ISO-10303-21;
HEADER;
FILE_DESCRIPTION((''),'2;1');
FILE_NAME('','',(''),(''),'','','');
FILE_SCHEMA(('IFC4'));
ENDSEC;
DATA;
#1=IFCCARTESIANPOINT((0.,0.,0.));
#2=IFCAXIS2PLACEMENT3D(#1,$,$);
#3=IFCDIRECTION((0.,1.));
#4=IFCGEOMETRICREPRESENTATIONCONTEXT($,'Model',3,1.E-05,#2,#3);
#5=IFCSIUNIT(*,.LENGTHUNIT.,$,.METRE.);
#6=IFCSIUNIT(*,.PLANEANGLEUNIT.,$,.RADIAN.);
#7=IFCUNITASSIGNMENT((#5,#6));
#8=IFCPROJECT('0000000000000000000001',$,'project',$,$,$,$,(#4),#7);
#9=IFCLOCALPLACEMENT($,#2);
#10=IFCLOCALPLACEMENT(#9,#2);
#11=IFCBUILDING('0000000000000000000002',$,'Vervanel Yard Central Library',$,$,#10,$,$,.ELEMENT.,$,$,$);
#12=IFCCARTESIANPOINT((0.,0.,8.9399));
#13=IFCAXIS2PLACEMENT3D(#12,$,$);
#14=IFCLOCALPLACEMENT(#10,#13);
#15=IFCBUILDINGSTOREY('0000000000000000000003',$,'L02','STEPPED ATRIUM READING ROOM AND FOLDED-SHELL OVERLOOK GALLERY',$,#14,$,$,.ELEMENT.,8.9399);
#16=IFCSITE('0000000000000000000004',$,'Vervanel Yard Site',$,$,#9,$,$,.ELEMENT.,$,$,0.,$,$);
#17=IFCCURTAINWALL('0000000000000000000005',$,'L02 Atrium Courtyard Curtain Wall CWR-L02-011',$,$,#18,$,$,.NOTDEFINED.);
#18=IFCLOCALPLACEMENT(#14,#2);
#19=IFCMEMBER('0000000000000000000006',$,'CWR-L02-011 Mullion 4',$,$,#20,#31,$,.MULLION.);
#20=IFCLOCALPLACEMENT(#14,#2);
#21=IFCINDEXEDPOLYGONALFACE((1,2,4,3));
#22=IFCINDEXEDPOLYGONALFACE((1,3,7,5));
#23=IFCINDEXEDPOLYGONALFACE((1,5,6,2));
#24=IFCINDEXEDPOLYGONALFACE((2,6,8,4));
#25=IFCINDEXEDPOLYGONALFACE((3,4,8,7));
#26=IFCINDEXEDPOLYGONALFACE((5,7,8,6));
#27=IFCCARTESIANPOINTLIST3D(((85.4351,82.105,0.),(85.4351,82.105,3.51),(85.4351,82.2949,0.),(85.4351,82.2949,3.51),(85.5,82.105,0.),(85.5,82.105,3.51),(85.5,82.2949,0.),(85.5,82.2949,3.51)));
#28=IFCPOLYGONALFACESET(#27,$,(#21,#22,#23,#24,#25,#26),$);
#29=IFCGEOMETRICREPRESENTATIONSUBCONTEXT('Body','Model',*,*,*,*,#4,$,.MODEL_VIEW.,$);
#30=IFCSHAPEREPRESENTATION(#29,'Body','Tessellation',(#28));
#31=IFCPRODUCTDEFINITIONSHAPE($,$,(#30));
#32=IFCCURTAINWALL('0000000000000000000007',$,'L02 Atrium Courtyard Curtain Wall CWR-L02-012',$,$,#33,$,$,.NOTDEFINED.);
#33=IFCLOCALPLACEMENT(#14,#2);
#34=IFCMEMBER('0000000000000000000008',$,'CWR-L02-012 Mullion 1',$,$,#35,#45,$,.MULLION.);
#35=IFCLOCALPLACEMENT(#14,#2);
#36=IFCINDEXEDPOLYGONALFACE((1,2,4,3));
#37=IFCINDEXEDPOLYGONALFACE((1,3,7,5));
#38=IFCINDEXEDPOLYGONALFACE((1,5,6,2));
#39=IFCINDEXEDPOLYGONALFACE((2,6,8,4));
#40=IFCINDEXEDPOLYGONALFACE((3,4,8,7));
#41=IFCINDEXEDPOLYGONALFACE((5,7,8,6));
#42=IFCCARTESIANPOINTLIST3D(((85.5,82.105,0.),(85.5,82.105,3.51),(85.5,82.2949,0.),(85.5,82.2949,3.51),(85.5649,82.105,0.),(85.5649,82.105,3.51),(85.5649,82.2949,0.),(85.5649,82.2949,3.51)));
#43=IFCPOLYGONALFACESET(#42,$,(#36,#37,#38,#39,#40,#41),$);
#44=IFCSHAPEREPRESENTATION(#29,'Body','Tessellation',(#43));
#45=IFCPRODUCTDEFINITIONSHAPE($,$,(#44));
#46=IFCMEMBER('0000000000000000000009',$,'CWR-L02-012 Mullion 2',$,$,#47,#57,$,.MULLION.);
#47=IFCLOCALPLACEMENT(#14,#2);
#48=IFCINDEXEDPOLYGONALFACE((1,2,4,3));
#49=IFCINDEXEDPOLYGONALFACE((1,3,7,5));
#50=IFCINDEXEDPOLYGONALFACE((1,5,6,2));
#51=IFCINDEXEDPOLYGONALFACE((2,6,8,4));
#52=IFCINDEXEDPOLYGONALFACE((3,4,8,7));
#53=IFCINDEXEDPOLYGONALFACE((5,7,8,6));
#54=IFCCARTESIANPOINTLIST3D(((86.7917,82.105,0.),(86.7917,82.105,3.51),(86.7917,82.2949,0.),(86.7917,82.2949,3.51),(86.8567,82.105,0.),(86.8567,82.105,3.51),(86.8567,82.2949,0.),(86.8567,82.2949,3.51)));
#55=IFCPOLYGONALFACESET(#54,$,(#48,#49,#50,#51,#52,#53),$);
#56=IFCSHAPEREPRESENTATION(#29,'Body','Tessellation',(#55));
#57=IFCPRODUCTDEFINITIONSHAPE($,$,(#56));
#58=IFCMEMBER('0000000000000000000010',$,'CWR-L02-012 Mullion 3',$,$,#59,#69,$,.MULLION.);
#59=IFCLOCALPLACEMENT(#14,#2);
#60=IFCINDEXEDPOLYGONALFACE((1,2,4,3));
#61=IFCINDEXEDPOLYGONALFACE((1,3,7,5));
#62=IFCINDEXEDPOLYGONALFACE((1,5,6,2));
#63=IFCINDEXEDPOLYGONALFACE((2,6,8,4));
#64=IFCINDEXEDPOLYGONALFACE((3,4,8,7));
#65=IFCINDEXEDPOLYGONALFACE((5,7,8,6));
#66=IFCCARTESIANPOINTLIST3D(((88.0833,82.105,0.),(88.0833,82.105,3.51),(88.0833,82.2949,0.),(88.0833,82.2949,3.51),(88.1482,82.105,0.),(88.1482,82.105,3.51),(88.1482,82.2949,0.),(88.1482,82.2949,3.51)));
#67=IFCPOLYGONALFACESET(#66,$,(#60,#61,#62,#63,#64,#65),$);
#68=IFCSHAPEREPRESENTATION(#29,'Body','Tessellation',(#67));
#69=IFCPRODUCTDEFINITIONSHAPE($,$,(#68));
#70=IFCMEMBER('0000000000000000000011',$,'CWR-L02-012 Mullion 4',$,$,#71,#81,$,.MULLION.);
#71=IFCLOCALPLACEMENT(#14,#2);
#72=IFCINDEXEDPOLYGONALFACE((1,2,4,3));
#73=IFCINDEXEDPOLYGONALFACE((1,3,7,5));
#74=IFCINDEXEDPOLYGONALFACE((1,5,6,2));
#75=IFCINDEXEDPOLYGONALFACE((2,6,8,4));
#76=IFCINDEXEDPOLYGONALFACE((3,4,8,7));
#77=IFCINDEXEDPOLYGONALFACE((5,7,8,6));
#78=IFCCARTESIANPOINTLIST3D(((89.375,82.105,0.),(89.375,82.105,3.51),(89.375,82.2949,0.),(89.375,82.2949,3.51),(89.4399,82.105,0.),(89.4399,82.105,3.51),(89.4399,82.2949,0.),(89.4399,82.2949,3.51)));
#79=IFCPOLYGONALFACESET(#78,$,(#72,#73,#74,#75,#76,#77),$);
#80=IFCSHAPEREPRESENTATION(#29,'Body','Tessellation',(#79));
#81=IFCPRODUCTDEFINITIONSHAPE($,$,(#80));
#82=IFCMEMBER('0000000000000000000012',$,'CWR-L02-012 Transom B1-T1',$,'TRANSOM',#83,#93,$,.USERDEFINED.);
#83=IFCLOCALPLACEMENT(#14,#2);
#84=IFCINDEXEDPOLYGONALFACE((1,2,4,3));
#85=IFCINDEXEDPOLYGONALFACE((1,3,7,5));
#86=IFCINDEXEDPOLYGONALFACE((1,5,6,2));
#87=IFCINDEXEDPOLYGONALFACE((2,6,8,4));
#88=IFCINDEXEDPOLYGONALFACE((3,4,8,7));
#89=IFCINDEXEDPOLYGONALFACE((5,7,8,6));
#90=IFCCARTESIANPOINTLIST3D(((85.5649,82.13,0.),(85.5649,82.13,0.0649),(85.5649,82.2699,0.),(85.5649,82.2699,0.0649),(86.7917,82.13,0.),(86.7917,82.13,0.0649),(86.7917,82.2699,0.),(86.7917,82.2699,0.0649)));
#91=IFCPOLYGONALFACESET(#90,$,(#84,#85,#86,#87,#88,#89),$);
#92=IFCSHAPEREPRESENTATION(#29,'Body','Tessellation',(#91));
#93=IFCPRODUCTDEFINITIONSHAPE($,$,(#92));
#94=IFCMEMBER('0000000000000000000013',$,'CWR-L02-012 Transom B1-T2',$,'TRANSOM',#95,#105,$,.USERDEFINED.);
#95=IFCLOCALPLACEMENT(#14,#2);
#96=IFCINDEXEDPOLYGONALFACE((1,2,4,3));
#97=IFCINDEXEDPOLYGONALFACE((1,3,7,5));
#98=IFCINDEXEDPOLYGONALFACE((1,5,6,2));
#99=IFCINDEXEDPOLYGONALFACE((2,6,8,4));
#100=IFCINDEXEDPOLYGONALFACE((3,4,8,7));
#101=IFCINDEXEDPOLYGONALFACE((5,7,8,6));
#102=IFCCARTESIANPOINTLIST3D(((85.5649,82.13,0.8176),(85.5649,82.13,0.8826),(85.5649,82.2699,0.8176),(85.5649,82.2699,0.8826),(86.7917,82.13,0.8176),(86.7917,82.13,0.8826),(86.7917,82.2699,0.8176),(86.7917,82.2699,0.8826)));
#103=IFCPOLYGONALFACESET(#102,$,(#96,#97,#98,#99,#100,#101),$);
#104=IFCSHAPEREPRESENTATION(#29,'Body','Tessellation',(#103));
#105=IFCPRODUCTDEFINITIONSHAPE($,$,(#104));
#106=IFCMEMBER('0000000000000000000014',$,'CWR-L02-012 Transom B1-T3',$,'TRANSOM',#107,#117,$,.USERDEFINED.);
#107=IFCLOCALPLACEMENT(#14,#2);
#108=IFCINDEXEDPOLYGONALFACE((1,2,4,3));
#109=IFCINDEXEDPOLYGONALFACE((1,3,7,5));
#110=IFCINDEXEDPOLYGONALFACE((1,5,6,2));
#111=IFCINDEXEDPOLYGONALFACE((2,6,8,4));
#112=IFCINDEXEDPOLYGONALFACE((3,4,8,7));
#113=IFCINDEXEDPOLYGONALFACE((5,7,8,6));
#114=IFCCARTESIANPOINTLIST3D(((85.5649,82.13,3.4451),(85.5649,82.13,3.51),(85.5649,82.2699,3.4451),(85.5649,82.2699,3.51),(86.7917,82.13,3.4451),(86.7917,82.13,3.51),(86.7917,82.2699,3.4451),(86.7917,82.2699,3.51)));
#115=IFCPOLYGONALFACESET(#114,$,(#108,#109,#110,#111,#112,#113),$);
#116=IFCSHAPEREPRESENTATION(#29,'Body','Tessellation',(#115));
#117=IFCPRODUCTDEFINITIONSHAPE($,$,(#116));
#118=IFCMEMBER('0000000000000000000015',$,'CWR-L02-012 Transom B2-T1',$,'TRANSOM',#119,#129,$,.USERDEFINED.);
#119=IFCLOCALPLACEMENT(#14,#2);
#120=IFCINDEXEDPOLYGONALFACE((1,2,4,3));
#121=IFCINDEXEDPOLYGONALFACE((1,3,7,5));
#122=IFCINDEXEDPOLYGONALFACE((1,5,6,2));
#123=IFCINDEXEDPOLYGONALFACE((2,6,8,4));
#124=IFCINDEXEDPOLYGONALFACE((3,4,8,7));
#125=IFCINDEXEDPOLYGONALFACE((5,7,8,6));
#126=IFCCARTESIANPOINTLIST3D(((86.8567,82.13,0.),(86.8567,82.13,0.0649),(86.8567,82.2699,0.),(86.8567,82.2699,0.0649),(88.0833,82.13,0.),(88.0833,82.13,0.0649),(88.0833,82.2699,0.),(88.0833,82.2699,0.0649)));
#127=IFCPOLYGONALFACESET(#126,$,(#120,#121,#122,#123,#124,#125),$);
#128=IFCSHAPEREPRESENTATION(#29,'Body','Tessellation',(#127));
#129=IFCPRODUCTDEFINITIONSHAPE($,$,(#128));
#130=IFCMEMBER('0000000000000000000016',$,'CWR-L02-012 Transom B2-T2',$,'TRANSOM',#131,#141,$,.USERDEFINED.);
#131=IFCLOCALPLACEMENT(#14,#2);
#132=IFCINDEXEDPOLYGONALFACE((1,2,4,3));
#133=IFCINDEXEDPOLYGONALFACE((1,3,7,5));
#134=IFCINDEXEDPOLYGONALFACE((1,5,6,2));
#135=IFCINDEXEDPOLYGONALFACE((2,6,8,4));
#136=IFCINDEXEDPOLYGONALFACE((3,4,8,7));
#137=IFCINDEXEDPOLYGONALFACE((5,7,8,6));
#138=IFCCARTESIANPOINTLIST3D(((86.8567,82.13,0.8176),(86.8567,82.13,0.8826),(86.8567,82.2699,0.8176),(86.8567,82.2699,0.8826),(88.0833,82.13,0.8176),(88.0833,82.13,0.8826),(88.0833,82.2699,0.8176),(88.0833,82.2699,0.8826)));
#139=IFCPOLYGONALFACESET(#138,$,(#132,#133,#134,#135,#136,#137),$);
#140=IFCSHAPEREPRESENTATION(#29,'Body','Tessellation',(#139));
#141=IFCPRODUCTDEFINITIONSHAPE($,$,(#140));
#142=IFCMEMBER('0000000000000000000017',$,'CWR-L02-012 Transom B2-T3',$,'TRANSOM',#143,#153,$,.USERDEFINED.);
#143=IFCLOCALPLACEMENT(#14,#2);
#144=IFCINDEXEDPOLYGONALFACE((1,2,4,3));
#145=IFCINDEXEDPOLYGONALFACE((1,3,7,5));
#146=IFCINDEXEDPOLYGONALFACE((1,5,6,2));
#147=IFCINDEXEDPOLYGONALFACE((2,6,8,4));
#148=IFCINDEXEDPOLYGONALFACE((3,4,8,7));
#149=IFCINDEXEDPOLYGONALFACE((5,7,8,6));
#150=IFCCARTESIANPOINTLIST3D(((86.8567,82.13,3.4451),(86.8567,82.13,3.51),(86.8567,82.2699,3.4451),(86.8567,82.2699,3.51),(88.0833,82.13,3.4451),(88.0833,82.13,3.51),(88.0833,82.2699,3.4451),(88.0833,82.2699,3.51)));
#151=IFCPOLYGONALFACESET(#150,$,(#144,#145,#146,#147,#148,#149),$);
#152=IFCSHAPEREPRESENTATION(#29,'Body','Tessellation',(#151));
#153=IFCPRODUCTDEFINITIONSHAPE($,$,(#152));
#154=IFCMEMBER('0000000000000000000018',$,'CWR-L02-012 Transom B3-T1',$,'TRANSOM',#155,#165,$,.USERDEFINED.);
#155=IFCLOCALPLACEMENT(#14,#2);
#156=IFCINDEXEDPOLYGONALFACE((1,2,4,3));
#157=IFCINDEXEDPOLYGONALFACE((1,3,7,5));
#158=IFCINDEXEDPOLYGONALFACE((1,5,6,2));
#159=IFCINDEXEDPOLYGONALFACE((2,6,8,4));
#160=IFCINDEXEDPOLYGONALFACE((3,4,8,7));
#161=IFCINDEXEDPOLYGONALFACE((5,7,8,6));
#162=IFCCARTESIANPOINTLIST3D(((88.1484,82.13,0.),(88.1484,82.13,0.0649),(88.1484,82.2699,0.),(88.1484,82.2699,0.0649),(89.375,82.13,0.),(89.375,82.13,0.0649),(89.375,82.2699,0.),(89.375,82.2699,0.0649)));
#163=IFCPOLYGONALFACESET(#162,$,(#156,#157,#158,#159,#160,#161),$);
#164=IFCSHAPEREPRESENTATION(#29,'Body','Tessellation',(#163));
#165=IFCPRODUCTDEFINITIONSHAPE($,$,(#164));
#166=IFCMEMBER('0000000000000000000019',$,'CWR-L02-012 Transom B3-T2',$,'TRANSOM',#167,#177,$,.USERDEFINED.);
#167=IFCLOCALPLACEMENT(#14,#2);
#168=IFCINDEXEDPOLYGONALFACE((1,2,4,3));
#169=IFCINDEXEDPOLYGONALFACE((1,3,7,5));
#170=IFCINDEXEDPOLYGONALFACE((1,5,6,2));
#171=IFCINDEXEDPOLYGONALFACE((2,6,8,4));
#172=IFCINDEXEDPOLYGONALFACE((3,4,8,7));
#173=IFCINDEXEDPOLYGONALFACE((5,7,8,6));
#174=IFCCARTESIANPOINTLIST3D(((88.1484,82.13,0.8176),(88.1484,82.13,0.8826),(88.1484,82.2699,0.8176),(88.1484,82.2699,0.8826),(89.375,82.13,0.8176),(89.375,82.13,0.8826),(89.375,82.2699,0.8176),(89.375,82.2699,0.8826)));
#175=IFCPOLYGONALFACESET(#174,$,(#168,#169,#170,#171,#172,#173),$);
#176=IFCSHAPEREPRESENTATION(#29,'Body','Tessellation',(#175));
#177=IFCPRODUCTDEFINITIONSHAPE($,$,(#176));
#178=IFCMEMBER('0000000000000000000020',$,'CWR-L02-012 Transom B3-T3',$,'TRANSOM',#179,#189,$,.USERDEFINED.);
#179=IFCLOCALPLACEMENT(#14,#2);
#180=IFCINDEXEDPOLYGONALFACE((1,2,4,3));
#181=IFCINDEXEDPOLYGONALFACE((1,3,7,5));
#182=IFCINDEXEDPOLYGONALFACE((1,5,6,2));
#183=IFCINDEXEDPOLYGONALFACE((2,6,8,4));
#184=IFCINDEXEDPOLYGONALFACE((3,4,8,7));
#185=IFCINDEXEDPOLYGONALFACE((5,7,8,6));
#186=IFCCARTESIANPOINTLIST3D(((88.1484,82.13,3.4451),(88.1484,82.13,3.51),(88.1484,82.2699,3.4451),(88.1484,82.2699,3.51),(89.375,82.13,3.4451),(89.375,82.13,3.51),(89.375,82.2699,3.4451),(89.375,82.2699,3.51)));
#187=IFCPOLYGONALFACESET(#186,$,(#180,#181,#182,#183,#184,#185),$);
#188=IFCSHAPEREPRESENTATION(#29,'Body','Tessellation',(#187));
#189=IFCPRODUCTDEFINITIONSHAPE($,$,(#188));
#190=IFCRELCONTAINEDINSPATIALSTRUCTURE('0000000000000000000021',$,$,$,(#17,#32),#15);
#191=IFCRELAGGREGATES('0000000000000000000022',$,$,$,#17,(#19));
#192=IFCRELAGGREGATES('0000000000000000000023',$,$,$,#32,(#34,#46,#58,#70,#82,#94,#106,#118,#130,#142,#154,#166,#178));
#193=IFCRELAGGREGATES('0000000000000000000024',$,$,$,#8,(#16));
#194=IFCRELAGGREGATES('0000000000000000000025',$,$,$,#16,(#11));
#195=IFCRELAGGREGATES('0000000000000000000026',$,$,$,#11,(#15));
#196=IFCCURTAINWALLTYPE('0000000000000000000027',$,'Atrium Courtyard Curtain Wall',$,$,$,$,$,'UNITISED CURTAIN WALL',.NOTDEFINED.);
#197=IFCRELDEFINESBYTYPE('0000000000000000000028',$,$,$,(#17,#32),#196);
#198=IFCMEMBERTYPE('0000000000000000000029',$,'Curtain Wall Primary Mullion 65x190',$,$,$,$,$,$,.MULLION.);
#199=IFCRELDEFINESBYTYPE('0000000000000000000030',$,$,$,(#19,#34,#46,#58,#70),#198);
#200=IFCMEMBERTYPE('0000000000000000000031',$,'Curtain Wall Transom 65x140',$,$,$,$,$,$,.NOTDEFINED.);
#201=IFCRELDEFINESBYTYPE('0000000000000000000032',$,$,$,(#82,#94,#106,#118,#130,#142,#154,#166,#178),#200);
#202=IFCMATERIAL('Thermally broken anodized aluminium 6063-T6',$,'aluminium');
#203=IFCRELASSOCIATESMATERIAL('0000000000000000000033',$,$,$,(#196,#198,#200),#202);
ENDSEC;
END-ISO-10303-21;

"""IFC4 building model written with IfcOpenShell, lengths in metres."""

from ifc_helpers import new_model, si_unit, direction, frame, origin, origin_2d, place, context, subcontext, project, spatial, rectangle, extrude, material, material_profile, profile_set, type_object, element, aggregate, save


model = new_model("IFC4")

# Units and contexts
model_context = context("Model", 3, precision=1e-05, world=origin(), true_north=direction((0.0, 1.0)))
body_context = subcontext(model_context, "Body", "Model", "MODEL_VIEW")
ifc_project = project(units=[si_unit("LENGTHUNIT", "METRE"), si_unit("PLANEANGLEUNIT", "RADIAN")], contexts=[model_context])

# Site, building, storey
site_placement = place(None, origin())
site = spatial("IfcSite", under=ifc_project, at=site_placement, Name="Vervanel Yard Site", CompositionType="ELEMENT", RefElevation=0.0)
building_placement = place(site_placement, origin())
building = spatial("IfcBuilding", under=site, at=building_placement, Name="Vervanel Yard Central Library", CompositionType="ELEMENT")
storey_placement = place(building_placement, frame((0.0, 0.0, 8.9399)))
storey = spatial("IfcBuildingStorey", under=building, at=storey_placement, Name="L02", Description="STEPPED ATRIUM READING ROOM AND FOLDED-SHELL OVERLOOK GALLERY", CompositionType="ELEMENT", Elevation=8.9399)

# Curtain wall, member
ifc_material_1 = material(Name="Thermally broken anodized aluminium 6063-T6", Category="aluminium")
curtain_wall_type_1 = type_object("IfcCurtainWallType", Name="Atrium Courtyard Curtain Wall", ElementType="UNITISED CURTAIN WALL", PredefinedType="NOTDEFINED", material=ifc_material_1)
curtain_wall_1_placement = place(storey_placement, origin())
curtain_wall_1 = element("IfcCurtainWall", 1, at=curtain_wall_1_placement, inside=storey, type_object=curtain_wall_type_1, Name="L02 Atrium Courtyard Curtain Wall CWR-L02-011", PredefinedType="NOTDEFINED")
ifc_material_profile_1 = material_profile(ifc_material_1, rectangle(XDim=0.0649, YDim=0.1899, at=origin_2d()), Name="ALU 65x190", Category="aluminium")
ifc_profile_set_1 = profile_set([ifc_material_profile_1], Name="Thermally broken anodized aluminium 6063-T6")
member_type_1 = type_object("IfcMemberType", Name="Curtain Wall Primary Mullion 65x190", PredefinedType="MULLION", material=ifc_profile_set_1)
member_1_placement = place(storey_placement, frame((85.4675, 82.2, 0.0), z_axis=(0.0, 0.0, 1.0), x_axis=(1.0, 0.0, 0.0)))
member_1 = element("IfcMember", 2, at=member_1_placement, type_object=member_type_1, Name="CWR-L02-011 Mullion 4", PredefinedType="MULLION", context=body_context, shape_type="SweptSolid", body=[
    extrude(rectangle(XDim=0.0649, YDim=0.1899, at=origin_2d()), origin(), (0.0, 0.0, 1.0), 3.51),
])

# Curtain wall, members
curtain_wall_2_placement = place(storey_placement, origin())
curtain_wall_2 = element("IfcCurtainWall", 3, at=curtain_wall_2_placement, inside=storey, type_object=curtain_wall_type_1, Name="L02 Atrium Courtyard Curtain Wall CWR-L02-012", PredefinedType="NOTDEFINED")
member_2_placement = place(storey_placement, frame((85.5325, 82.2, 0.0), z_axis=(0.0, 0.0, 1.0), x_axis=(1.0, 0.0, 0.0)))
member_2 = element("IfcMember", 4, at=member_2_placement, type_object=member_type_1, Name="CWR-L02-012 Mullion 1", PredefinedType="MULLION", context=body_context, shape_type="SweptSolid", body=[
    extrude(rectangle(XDim=0.0649, YDim=0.1899, at=origin_2d()), origin(), (0.0, 0.0, 1.0), 3.51),
])
member_3_placement = place(storey_placement, frame((86.8242, 82.2, 0.0), z_axis=(0.0, 0.0, 1.0), x_axis=(1.0, 0.0, 0.0)))
member_3 = element("IfcMember", 5, at=member_3_placement, type_object=member_type_1, Name="CWR-L02-012 Mullion 2", PredefinedType="MULLION", context=body_context, shape_type="SweptSolid", body=[
    extrude(rectangle(XDim=0.0649, YDim=0.1899, at=origin_2d()), origin(), (0.0, 0.0, 1.0), 3.51),
])
member_4_placement = place(storey_placement, frame((88.1157, 82.2, 0.0), z_axis=(0.0, 0.0, 1.0), x_axis=(1.0, 0.0, 0.0)))
member_4 = element("IfcMember", 6, at=member_4_placement, type_object=member_type_1, Name="CWR-L02-012 Mullion 3", PredefinedType="MULLION", context=body_context, shape_type="SweptSolid", body=[
    extrude(rectangle(XDim=0.0649, YDim=0.1899, at=origin_2d()), origin(), (0.0, 0.0, 1.0), 3.51),
])
member_5_placement = place(storey_placement, frame((89.4075, 82.2, 0.0), z_axis=(0.0, 0.0, 1.0), x_axis=(1.0, 0.0, 0.0)))
member_5 = element("IfcMember", 7, at=member_5_placement, type_object=member_type_1, Name="CWR-L02-012 Mullion 4", PredefinedType="MULLION", context=body_context, shape_type="SweptSolid", body=[
    extrude(rectangle(XDim=0.0649, YDim=0.1899, at=origin_2d()), origin(), (0.0, 0.0, 1.0), 3.51),
])
ifc_material_profile_2 = material_profile(ifc_material_1, rectangle(XDim=0.0649, YDim=0.1399, at=origin_2d()), Name="ALU 65x140", Category="aluminium")
ifc_profile_set_2 = profile_set([ifc_material_profile_2], Name="Thermally broken anodized aluminium 6063-T6")
member_type_2 = type_object("IfcMemberType", Name="Curtain Wall Transom 65x140", PredefinedType="NOTDEFINED", material=ifc_profile_set_2)
member_6_placement = place(storey_placement, frame((85.5649, 82.2, 0.0325), z_axis=(1.0, 0.0, 0.0), x_axis=(0.0, 0.0, 1.0)))
member_6 = element("IfcMember", 8, at=member_6_placement, type_object=member_type_2, Name="CWR-L02-012 Transom B1-T1", ObjectType="TRANSOM", PredefinedType="USERDEFINED", context=body_context, shape_type="SweptSolid", body=[
    extrude(rectangle(XDim=0.0649, YDim=0.1399, at=origin_2d()), origin(), (0.0, 0.0, 1.0), 1.2268),
])
member_7_placement = place(storey_placement, frame((85.5649, 82.2, 0.8501), z_axis=(1.0, 0.0, 0.0), x_axis=(0.0, 0.0, 1.0)))
member_7 = element("IfcMember", 9, at=member_7_placement, type_object=member_type_2, Name="CWR-L02-012 Transom B1-T2", ObjectType="TRANSOM", PredefinedType="USERDEFINED", context=body_context, shape_type="SweptSolid", body=[
    extrude(rectangle(XDim=0.0649, YDim=0.1399, at=origin_2d()), origin(), (0.0, 0.0, 1.0), 1.2268),
])
member_8_placement = place(storey_placement, frame((85.5649, 82.2, 3.4775), z_axis=(1.0, 0.0, 0.0), x_axis=(0.0, 0.0, 1.0)))
member_8 = element("IfcMember", 10, at=member_8_placement, type_object=member_type_2, Name="CWR-L02-012 Transom B1-T3", ObjectType="TRANSOM", PredefinedType="USERDEFINED", context=body_context, shape_type="SweptSolid", body=[
    extrude(rectangle(XDim=0.0649, YDim=0.1399, at=origin_2d()), origin(), (0.0, 0.0, 1.0), 1.2268),
])
member_9_placement = place(storey_placement, frame((86.8567, 82.2, 0.0325), z_axis=(1.0, 0.0, 0.0), x_axis=(0.0, 0.0, 1.0)))
member_9 = element("IfcMember", 11, at=member_9_placement, type_object=member_type_2, Name="CWR-L02-012 Transom B2-T1", ObjectType="TRANSOM", PredefinedType="USERDEFINED", context=body_context, shape_type="SweptSolid", body=[
    extrude(rectangle(XDim=0.0649, YDim=0.1399, at=origin_2d()), origin(), (0.0, 0.0, 1.0), 1.2266),
])
member_10_placement = place(storey_placement, frame((86.8567, 82.2, 0.8501), z_axis=(1.0, 0.0, 0.0), x_axis=(0.0, 0.0, 1.0)))
member_10 = element("IfcMember", 12, at=member_10_placement, type_object=member_type_2, Name="CWR-L02-012 Transom B2-T2", ObjectType="TRANSOM", PredefinedType="USERDEFINED", context=body_context, shape_type="SweptSolid", body=[
    extrude(rectangle(XDim=0.0649, YDim=0.1399, at=origin_2d()), origin(), (0.0, 0.0, 1.0), 1.2266),
])
member_11_placement = place(storey_placement, frame((86.8567, 82.2, 3.4775), z_axis=(1.0, 0.0, 0.0), x_axis=(0.0, 0.0, 1.0)))
member_11 = element("IfcMember", 13, at=member_11_placement, type_object=member_type_2, Name="CWR-L02-012 Transom B2-T3", ObjectType="TRANSOM", PredefinedType="USERDEFINED", context=body_context, shape_type="SweptSolid", body=[
    extrude(rectangle(XDim=0.0649, YDim=0.1399, at=origin_2d()), origin(), (0.0, 0.0, 1.0), 1.2266),
])
member_12_placement = place(storey_placement, frame((88.1484, 82.2, 0.0325), z_axis=(1.0, 0.0, 0.0), x_axis=(0.0, 0.0, 1.0)))
member_12 = element("IfcMember", 14, at=member_12_placement, type_object=member_type_2, Name="CWR-L02-012 Transom B3-T1", ObjectType="TRANSOM", PredefinedType="USERDEFINED", context=body_context, shape_type="SweptSolid", body=[
    extrude(rectangle(XDim=0.0649, YDim=0.1399, at=origin_2d()), origin(), (0.0, 0.0, 1.0), 1.2266),
])
member_13_placement = place(storey_placement, frame((88.1484, 82.2, 0.8501), z_axis=(1.0, 0.0, 0.0), x_axis=(0.0, 0.0, 1.0)))
member_13 = element("IfcMember", 15, at=member_13_placement, type_object=member_type_2, Name="CWR-L02-012 Transom B3-T2", ObjectType="TRANSOM", PredefinedType="USERDEFINED", context=body_context, shape_type="SweptSolid", body=[
    extrude(rectangle(XDim=0.0649, YDim=0.1399, at=origin_2d()), origin(), (0.0, 0.0, 1.0), 1.2266),
])
member_14_placement = place(storey_placement, frame((88.1484, 82.2, 3.4775), z_axis=(1.0, 0.0, 0.0), x_axis=(0.0, 0.0, 1.0)))
member_14 = element("IfcMember", 16, at=member_14_placement, type_object=member_type_2, Name="CWR-L02-012 Transom B3-T3", ObjectType="TRANSOM", PredefinedType="USERDEFINED", context=body_context, shape_type="SweptSolid", body=[
    extrude(rectangle(XDim=0.0649, YDim=0.1399, at=origin_2d()), origin(), (0.0, 0.0, 1.0), 1.2266),
])

aggregate(curtain_wall_1, [member_1])
aggregate(curtain_wall_2, [member_2, member_3, member_4, member_5, member_6, member_7, member_8, member_9, member_10, member_11, member_12, member_13, member_14])

save(model, "model.ifc")
